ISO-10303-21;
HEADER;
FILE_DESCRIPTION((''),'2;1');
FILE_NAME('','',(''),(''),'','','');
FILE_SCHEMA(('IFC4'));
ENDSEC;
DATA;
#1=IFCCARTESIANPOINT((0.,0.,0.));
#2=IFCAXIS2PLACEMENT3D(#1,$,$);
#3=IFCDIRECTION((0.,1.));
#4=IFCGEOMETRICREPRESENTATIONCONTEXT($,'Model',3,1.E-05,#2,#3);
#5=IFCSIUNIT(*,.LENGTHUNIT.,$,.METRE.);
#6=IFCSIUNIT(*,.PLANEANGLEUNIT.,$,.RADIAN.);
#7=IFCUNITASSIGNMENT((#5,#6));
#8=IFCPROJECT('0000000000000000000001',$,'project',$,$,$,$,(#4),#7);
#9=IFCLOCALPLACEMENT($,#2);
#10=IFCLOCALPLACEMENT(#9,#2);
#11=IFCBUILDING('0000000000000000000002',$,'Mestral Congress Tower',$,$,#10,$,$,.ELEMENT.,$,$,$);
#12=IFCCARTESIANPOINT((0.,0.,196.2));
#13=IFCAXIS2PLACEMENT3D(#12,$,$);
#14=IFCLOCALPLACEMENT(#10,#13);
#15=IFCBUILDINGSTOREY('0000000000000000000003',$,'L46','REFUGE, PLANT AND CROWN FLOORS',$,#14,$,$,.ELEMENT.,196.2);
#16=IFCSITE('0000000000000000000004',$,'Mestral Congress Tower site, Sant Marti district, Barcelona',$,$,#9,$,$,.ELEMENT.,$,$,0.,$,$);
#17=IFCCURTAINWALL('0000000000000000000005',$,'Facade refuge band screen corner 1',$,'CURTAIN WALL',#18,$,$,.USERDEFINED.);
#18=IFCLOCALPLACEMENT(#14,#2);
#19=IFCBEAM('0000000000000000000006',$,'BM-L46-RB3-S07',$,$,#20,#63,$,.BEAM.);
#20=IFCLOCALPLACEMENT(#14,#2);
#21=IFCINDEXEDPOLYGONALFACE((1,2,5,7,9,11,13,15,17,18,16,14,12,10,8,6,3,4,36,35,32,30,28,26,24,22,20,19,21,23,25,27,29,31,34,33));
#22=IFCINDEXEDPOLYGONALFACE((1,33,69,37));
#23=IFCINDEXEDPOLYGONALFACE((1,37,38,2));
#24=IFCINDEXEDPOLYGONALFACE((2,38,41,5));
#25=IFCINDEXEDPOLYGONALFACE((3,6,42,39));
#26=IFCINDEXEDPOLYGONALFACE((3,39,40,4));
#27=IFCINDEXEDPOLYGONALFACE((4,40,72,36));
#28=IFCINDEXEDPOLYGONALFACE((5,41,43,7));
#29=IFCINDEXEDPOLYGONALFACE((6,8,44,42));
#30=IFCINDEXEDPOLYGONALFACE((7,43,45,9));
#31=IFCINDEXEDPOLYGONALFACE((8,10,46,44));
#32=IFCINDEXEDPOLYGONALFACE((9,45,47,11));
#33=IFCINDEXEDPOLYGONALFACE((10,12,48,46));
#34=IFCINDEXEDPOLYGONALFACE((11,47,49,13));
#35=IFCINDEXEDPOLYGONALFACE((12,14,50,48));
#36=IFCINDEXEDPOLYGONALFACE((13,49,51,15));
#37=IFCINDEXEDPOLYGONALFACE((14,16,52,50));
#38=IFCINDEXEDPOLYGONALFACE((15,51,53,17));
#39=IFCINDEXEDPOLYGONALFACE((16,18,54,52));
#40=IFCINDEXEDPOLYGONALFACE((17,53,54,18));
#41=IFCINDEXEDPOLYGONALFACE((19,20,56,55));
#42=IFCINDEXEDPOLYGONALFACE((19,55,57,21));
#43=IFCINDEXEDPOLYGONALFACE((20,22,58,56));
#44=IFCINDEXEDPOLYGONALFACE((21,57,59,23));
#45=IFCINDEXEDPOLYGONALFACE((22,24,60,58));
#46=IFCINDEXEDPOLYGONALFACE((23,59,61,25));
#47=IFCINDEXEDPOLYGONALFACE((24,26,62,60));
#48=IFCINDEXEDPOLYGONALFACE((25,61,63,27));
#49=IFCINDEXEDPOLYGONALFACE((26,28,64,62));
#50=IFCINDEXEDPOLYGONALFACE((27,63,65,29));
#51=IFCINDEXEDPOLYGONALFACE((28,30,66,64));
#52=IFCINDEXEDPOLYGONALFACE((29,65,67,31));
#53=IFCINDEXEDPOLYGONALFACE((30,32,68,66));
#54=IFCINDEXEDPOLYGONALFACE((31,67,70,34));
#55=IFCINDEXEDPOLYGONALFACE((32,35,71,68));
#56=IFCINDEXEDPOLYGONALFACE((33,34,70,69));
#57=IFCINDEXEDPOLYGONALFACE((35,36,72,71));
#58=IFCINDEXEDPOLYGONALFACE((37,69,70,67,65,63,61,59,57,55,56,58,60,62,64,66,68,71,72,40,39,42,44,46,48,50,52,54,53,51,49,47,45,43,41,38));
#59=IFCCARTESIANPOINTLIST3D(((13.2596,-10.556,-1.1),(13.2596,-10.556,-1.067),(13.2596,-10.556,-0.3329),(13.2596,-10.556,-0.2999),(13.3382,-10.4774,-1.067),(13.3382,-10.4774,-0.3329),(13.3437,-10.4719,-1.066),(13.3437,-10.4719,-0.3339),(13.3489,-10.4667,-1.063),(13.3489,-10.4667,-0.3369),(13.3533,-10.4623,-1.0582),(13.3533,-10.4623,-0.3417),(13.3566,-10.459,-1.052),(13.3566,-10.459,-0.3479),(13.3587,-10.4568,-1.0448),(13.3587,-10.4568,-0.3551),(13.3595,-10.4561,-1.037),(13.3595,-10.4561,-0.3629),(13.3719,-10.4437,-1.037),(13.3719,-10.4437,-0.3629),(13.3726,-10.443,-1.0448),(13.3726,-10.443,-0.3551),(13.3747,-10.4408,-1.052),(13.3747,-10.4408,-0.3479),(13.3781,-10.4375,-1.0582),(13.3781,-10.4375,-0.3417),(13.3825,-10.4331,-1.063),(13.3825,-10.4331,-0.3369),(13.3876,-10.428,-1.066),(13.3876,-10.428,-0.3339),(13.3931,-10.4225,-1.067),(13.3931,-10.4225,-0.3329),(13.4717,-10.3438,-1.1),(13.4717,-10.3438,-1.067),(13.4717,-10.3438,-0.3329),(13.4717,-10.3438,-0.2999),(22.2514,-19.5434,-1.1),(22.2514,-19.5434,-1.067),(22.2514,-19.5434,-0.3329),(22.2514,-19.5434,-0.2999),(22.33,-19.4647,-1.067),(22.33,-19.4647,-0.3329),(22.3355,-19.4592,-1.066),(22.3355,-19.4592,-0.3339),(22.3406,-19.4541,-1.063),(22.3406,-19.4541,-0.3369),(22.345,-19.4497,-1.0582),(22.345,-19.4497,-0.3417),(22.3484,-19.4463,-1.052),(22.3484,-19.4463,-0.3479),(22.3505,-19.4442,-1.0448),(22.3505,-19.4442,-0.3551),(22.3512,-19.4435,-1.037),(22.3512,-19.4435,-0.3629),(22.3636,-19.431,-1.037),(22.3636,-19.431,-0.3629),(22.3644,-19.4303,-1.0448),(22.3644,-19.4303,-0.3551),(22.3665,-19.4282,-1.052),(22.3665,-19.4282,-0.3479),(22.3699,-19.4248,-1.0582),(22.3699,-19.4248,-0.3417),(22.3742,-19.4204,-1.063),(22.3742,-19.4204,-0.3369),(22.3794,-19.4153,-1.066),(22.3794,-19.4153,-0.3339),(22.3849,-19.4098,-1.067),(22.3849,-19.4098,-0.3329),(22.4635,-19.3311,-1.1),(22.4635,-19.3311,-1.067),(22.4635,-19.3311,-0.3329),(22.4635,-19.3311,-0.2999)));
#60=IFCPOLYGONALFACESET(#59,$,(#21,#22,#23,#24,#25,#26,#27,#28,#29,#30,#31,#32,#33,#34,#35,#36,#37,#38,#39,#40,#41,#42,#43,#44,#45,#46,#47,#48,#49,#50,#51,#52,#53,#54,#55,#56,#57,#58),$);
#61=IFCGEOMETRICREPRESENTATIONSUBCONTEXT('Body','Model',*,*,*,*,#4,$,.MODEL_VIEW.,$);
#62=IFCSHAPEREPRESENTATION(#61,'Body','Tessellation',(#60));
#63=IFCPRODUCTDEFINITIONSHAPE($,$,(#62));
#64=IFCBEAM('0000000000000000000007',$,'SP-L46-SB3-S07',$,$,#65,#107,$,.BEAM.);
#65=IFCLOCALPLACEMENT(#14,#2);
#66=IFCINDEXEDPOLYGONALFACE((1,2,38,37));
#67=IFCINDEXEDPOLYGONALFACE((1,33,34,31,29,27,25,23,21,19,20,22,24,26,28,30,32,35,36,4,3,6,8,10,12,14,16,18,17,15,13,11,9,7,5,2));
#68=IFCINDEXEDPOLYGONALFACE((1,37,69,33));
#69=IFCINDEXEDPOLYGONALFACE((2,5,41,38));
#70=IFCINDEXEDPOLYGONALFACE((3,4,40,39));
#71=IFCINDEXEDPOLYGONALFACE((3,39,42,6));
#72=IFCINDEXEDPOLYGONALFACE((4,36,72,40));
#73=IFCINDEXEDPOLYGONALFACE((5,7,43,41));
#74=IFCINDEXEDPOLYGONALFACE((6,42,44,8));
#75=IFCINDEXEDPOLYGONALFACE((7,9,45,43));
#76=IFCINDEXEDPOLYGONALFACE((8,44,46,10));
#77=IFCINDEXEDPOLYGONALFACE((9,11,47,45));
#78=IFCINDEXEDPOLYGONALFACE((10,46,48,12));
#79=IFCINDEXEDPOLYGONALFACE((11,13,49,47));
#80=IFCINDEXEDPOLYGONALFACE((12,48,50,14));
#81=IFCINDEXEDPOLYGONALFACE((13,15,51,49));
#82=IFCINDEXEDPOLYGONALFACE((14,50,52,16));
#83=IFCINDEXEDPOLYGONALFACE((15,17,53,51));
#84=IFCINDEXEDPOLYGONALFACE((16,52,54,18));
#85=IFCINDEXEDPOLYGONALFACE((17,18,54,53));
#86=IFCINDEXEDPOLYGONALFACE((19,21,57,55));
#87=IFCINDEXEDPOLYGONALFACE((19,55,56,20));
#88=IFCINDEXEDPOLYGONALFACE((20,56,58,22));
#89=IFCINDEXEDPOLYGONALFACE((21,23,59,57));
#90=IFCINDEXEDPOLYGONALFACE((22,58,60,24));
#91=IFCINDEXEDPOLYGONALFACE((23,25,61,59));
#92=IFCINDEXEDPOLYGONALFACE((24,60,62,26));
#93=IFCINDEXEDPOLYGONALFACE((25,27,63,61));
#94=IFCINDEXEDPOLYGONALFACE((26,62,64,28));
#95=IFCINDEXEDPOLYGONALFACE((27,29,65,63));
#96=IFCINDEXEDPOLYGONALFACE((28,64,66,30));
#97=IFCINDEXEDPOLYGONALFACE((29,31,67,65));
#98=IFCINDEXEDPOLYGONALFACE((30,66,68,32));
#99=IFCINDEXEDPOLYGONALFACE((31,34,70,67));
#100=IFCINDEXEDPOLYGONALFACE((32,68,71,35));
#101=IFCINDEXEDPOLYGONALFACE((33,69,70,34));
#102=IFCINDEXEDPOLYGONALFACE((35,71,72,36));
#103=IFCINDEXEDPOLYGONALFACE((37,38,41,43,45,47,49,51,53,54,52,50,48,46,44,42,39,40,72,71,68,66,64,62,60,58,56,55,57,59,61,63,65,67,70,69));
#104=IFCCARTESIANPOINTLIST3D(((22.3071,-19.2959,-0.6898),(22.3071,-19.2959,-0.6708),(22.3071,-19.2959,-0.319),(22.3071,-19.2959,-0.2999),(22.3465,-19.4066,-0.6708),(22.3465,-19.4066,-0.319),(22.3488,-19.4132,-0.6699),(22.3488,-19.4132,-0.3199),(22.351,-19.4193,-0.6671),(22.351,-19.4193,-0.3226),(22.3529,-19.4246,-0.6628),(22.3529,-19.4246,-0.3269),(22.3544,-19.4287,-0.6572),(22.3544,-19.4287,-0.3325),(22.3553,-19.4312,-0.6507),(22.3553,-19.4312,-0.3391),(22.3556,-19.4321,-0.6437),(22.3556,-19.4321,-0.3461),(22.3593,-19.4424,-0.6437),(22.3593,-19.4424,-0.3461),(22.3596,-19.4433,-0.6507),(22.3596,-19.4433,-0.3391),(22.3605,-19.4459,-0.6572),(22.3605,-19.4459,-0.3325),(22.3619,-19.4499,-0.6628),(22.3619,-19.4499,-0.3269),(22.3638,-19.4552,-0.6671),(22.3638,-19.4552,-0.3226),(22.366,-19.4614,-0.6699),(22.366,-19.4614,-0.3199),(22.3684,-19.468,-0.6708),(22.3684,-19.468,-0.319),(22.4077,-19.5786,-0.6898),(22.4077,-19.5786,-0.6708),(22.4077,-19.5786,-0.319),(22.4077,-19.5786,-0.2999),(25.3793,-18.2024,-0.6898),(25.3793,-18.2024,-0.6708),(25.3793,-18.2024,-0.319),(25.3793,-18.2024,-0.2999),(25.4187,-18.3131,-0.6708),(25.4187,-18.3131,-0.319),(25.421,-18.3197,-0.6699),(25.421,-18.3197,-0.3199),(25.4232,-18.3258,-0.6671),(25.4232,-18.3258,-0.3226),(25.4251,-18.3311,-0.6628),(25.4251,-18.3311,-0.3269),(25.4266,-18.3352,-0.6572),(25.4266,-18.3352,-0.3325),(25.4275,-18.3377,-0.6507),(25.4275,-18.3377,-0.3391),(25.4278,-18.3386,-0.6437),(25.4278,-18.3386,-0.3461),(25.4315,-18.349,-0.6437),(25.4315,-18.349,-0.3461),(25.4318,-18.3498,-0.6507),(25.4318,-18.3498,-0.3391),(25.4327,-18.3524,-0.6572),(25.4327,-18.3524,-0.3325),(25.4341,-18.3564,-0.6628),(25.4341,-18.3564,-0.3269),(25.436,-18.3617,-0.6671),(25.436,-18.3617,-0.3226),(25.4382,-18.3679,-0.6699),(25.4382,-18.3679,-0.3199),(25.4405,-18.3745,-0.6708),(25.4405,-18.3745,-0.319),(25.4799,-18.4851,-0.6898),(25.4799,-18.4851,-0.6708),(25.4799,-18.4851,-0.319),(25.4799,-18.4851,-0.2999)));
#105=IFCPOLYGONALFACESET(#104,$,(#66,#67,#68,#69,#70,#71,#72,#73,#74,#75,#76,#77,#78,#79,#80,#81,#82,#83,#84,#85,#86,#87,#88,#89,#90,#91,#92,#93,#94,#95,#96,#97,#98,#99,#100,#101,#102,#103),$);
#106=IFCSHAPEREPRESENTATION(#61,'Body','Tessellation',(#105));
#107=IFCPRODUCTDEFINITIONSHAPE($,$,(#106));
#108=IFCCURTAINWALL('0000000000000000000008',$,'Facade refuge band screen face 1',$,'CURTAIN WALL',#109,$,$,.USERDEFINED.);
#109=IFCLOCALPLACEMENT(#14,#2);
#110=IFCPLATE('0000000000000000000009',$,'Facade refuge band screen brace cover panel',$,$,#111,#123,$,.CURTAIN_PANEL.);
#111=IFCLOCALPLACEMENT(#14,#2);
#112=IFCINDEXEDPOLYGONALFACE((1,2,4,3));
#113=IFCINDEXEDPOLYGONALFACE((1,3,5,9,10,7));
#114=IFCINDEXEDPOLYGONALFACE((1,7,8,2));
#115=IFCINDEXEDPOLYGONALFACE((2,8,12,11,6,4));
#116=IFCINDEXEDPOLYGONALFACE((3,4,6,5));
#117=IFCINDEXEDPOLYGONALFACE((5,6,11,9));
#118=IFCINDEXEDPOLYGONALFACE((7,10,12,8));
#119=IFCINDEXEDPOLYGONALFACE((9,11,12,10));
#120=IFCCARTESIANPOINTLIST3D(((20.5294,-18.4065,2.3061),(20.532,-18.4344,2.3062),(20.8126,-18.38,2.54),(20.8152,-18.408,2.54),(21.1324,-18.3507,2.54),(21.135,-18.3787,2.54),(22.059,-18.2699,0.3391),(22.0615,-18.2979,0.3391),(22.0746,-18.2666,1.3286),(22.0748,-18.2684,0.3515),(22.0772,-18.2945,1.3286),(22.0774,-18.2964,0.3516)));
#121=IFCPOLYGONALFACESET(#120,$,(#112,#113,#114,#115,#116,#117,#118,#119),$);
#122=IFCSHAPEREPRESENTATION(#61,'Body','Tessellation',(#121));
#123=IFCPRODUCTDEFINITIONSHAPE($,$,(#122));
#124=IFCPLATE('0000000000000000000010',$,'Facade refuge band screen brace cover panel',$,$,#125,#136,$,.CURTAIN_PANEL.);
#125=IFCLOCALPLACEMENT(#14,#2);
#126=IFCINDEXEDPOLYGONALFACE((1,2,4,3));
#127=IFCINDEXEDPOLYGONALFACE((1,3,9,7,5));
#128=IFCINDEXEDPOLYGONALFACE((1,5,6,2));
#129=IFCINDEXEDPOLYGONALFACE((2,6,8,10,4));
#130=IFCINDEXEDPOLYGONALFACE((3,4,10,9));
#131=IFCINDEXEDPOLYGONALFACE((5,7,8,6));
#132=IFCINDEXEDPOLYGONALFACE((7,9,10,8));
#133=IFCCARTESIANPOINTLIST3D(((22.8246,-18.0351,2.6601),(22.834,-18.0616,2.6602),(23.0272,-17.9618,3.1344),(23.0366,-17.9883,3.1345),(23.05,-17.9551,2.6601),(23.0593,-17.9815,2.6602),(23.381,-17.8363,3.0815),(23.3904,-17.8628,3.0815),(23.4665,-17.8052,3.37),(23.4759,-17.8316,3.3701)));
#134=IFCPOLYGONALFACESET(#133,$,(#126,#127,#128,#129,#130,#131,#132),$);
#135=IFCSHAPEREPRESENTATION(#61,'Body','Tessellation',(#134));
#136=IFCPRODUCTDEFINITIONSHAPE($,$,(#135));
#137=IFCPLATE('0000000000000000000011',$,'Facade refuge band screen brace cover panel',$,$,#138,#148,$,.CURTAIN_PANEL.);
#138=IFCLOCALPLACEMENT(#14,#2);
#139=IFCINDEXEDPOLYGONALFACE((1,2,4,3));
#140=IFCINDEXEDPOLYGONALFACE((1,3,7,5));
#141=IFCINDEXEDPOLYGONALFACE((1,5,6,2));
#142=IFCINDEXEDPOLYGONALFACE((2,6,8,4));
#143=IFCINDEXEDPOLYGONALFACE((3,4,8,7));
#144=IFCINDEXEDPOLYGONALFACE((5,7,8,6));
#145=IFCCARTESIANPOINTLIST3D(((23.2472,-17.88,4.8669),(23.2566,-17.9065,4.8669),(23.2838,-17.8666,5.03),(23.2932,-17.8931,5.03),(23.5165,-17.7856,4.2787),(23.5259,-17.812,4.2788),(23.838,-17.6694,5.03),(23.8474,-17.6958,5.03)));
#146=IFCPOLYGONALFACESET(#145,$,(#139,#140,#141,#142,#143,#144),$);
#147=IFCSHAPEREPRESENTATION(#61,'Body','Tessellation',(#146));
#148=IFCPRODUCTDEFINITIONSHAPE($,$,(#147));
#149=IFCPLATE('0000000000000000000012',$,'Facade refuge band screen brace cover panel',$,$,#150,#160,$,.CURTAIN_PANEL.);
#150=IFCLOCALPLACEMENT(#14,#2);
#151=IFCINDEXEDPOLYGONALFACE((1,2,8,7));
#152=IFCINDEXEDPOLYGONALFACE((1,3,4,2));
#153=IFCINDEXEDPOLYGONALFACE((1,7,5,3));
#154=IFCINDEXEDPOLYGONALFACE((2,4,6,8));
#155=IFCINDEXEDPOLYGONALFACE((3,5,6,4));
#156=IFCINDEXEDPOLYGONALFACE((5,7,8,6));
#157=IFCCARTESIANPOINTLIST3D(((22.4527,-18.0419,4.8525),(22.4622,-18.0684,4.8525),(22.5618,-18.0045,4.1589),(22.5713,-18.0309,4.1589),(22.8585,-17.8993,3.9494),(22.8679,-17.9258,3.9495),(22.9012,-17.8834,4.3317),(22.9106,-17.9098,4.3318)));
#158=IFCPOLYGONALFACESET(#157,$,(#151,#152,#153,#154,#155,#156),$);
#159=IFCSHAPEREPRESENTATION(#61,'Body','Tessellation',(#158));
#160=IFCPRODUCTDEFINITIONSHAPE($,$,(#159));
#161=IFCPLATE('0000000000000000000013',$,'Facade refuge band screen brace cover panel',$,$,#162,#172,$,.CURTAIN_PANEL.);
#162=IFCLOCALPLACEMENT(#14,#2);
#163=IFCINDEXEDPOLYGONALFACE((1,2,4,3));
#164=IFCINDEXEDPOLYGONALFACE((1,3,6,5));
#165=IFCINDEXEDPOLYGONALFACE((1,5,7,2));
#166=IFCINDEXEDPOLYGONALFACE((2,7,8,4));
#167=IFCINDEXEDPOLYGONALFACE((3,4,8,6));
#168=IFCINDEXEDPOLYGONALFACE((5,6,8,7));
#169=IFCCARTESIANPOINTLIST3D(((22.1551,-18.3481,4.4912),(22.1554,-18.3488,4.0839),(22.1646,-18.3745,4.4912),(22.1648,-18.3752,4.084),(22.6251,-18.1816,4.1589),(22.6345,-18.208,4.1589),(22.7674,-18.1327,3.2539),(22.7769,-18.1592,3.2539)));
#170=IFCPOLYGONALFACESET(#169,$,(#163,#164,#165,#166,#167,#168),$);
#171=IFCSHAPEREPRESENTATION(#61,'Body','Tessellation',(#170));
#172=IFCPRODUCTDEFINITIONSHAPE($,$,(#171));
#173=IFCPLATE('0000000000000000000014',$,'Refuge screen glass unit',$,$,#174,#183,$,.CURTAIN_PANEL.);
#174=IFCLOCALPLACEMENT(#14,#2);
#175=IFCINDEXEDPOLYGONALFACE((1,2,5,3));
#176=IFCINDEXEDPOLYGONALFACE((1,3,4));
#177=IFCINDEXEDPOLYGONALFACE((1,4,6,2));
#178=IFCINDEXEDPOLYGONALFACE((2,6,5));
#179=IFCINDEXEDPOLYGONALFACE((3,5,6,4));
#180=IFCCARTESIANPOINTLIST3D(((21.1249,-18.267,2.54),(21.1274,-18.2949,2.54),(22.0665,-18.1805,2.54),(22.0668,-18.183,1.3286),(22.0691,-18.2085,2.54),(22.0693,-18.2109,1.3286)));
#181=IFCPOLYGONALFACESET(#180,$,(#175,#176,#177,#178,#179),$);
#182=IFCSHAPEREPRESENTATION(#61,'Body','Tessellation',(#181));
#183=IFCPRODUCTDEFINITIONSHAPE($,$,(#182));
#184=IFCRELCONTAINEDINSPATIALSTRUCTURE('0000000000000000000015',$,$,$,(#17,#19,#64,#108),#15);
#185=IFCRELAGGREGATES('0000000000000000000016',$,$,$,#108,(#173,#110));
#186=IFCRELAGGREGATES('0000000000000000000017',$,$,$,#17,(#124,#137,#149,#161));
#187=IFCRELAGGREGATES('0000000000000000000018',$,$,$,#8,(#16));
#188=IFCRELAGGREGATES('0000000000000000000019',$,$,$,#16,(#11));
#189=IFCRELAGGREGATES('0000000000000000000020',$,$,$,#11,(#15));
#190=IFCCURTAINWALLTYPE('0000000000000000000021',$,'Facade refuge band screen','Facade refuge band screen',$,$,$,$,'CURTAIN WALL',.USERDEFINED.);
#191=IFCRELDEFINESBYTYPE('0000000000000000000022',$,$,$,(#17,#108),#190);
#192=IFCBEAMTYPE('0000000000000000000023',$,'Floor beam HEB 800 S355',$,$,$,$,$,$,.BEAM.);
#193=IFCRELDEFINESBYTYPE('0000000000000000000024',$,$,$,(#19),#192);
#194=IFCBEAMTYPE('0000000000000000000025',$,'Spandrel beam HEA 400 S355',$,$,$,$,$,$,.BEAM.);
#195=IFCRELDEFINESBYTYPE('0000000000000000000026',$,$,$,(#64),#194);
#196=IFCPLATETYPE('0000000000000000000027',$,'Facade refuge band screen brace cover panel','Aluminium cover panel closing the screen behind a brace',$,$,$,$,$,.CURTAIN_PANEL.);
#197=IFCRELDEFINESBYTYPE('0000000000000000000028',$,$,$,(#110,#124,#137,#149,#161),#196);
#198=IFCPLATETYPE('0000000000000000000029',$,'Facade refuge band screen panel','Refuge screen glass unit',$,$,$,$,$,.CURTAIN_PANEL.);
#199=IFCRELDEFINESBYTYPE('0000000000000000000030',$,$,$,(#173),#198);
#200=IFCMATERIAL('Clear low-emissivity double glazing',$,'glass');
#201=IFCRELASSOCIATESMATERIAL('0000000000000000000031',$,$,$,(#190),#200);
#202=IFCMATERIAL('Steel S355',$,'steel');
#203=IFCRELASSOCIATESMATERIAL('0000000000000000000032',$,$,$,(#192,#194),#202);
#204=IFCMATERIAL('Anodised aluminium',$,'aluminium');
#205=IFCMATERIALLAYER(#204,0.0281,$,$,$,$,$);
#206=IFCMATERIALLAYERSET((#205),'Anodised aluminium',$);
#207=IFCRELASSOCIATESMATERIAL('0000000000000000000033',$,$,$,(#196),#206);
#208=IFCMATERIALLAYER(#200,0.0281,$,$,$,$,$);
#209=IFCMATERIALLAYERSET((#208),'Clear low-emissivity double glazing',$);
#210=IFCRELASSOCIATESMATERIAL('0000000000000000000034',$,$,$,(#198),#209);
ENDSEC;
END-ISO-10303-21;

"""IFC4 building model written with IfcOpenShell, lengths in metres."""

from ifc_helpers import new_model, si_unit, direction, frame, origin, origin_2d, place, context, subcontext, project, spatial, polyline, i_section, outline, extrude, material, layer, layer_set, material_profile, profile_set, type_object, element, aggregate, save


model = new_model("IFC4")

# Units and contexts
model_context = context("Model", 3, precision=1e-05, world=origin(), true_north=direction((0.0, 1.0)))
body_context = subcontext(model_context, "Body", "Model", "MODEL_VIEW")
ifc_project = project(units=[si_unit("LENGTHUNIT", "METRE"), si_unit("PLANEANGLEUNIT", "RADIAN")], contexts=[model_context])

# Site, building, storey
site_placement = place(None, origin())
site = spatial("IfcSite", under=ifc_project, at=site_placement, Name="Mestral Congress Tower site, Sant Marti district, Barcelona", CompositionType="ELEMENT", RefElevation=0.0)
building_placement = place(site_placement, origin())
building = spatial("IfcBuilding", under=site, at=building_placement, Name="Mestral Congress Tower", CompositionType="ELEMENT")
storey_placement = place(building_placement, frame((0.0, 0.0, 196.2)))
storey = spatial("IfcBuildingStorey", under=building, at=storey_placement, Name="L46", Description="REFUGE, PLANT AND CROWN FLOORS", CompositionType="ELEMENT", Elevation=196.2)

# Shared definitions
ifc_material_1 = material(Name="Steel S355", Category="steel")

# Curtain wall
ifc_material_2 = material(Name="Clear low-emissivity double glazing", Category="glass")
curtain_wall_type = type_object("IfcCurtainWallType", Name="Facade refuge band screen", Description="Facade refuge band screen", ElementType="CURTAIN WALL", PredefinedType="USERDEFINED", material=ifc_material_2)
placement = place(storey_placement, origin())
curtain_wall_1 = element("IfcCurtainWall", 1, at=placement, inside=storey, type_object=curtain_wall_type, Name="Facade refuge band screen corner 1", ObjectType="CURTAIN WALL", PredefinedType="USERDEFINED")
ifc_material_3 = material(Name="Anodised aluminium", Category="aluminium")

# Beams
ifc_material_profile_1 = material_profile(ifc_material_1, i_section(OverallWidth=0.3, OverallDepth=0.8, WebThickness=0.0176, FlangeThickness=0.033, FilletRadius=0.03, at=origin_2d()), Name="HEB 800")
ifc_profile_set_1 = profile_set([ifc_material_profile_1], Name="Steel S355")
beam_type_1 = type_object("IfcBeamType", Name="Floor beam HEB 800 S355", PredefinedType="BEAM", material=ifc_profile_set_1)
beam_1_placement = place(storey_placement, frame((22.3574, -19.4373, -0.7), z_axis=(-0.70728, 0.706934, 0.0), x_axis=(-0.706934, -0.70728, 0.0)))
element("IfcBeam", 2, at=beam_1_placement, inside=storey, type_object=beam_type_1, Name="BM-L46-RB3-S07", PredefinedType="BEAM", context=body_context, shape_type="SweptSolid", body=[
    extrude(i_section(OverallWidth=0.3, OverallDepth=0.8, WebThickness=0.0176, FlangeThickness=0.033, FilletRadius=0.03, at=origin_2d()), origin(), (0.0, 0.0, 1.0), 12.7131),
])
ifc_material_profile_2 = material_profile(ifc_material_1, i_section(OverallWidth=0.3, OverallDepth=0.3899, WebThickness=0.011, FlangeThickness=0.019, FilletRadius=0.0271, at=origin_2d()), Name="HEA 400")
ifc_profile_set_2 = profile_set([ifc_material_profile_2], Name="Steel S355")
beam_type_2 = type_object("IfcBeamType", Name="Spandrel beam HEA 400 S355", PredefinedType="BEAM", material=ifc_profile_set_2)
beam_2_placement = place(storey_placement, frame((22.3574, -19.4373, -0.4949), z_axis=(0.942104, 0.335321, 0.0), x_axis=(-0.335321, 0.942104, 0.0)))
element("IfcBeam", 3, at=beam_2_placement, inside=storey, type_object=beam_type_2, Name="SP-L46-SB3-S07", PredefinedType="BEAM", context=body_context, shape_type="SweptSolid", body=[
    extrude(i_section(OverallWidth=0.3, OverallDepth=0.3899, WebThickness=0.011, FlangeThickness=0.019, FilletRadius=0.0271, at=origin_2d()), origin(), (0.0, 0.0, 1.0), 3.261),
])

# Curtain wall, plate
curtain_wall_2 = element("IfcCurtainWall", 4, at=placement, inside=storey, type_object=curtain_wall_type, Name="Facade refuge band screen face 1", ObjectType="CURTAIN WALL", PredefinedType="USERDEFINED")
ifc_layer_1 = layer(ifc_material_3, 0.0281)
ifc_layer_set_1 = layer_set([ifc_layer_1], Name="Anodised aluminium")
plate_type_1 = type_object("IfcPlateType", Name="Facade refuge band screen brace cover panel", Description="Aluminium cover panel closing the screen behind a brace", PredefinedType="CURTAIN_PANEL", material=ifc_layer_set_1)
plate_1_placement = place(storey_placement, frame((22.0615, -18.2979, 0.3391), z_axis=(0.091345, -0.995817, 0.001893), x_axis=(-0.612924, -0.054725, 0.788245)))
plate_1 = element("IfcPlate", 5, at=plate_1_placement, type_object=plate_type_1, Name="Facade refuge band screen brace cover panel", PredefinedType="CURTAIN_PANEL", context=body_context, shape_type="SweptSolid", body=[
    extrude(outline(polyline([(0.0, 0.0), (2.4955, 0.0), (2.5048, -0.3681), (2.3072, -0.6213), (0.7702, -0.6214), (0.0, -0.0202), (0.0, 0.0)])), origin(), (0.0, 0.0, -1.0), 0.0281),
])

# Plates
plate_2_placement = place(storey_placement, frame((23.0366, -17.9883, 3.1345), z_axis=(0.334717, -0.942315, 0.00258), x_axis=(0.840687, 0.299852, 0.450926)))
plate_2 = element("IfcPlate", 6, at=plate_2_placement, type_object=plate_type_1, Name="Facade refuge band screen brace cover panel", PredefinedType="CURTAIN_PANEL", context=body_context, shape_type="SweptSolid", body=[
    extrude(outline(polyline([(0.0, 0.0), (0.5225, 0.0), (0.3111, -0.2165), (-0.1928, -0.4341), (-0.4062, -0.3262), (0.0, 0.0)])), origin(), (0.0, 0.0, -1.0), 0.0281),
])
plate_3_placement = place(storey_placement, frame((23.8474, -17.6958, 5.03), z_axis=(0.335349, -0.942091, 0.002214), x_axis=(-0.389563, -0.140809, -0.910172)))
plate_3 = element("IfcPlate", 7, at=plate_3_placement, type_object=plate_type_1, Name="Facade refuge band screen brace cover panel", PredefinedType="CURTAIN_PANEL", context=body_context, shape_type="SweptSolid", body=[
    extrude(outline(polyline([(0.0, 0.0), (0.8254, 0.0), (0.4083, -0.5034), (0.2437, -0.5354), (0.0, 0.0)])), origin(), (0.0, 0.0, -1.0), 0.0281),
])
plate_4_placement = place(storey_placement, frame((22.4622, -18.0684, 4.8525), z_axis=(0.33523, -0.942135, 0.001878), x_axis=(0.63585, 0.224776, -0.738356)))
plate_4 = element("IfcPlate", 8, at=plate_4_placement, type_object=plate_type_1, Name="Facade refuge band screen brace cover panel", PredefinedType="CURTAIN_PANEL", context=body_context, shape_type="SweptSolid", body=[
    extrude(outline(polyline([(0.0, 0.0), (0.7053, 0.0), (0.9568, -0.2915), (0.5899, -0.3826), (0.0, 0.0)])), origin(), (0.0, 0.0, -1.0), 0.0281),
])
plate_5_placement = place(storey_placement, frame((22.1648, -18.3752, 4.084), z_axis=(0.335139, -0.942167, 0.001882), x_axis=(-0.000595, 0.001786, 0.999998)))
plate_5 = element("IfcPlate", 9, at=plate_5_placement, type_object=plate_type_1, Name="Facade refuge band screen brace cover panel", PredefinedType="CURTAIN_PANEL", context=body_context, shape_type="SweptSolid", body=[
    extrude(outline(polyline([(0.0, 0.0), (0.4072, 0.0), (0.075, -0.4986), (-0.8301, -0.6491), (0.0, 0.0)])), origin(), (0.0, 0.0, -1.0), 0.0281),
])
ifc_layer_2 = layer(ifc_material_2, 0.0281)
ifc_layer_set_2 = layer_set([ifc_layer_2], Name="Clear low-emissivity double glazing")
plate_type_2 = type_object("IfcPlateType", Name="Facade refuge band screen panel", Description="Refuge screen glass unit", PredefinedType="CURTAIN_PANEL", material=ifc_layer_set_2)
plate_6_placement = place(storey_placement, frame((22.0693, -18.2109, 1.3286), z_axis=(0.091397, -0.995812, 0.002025), x_axis=(-0.612891, -0.054649, 0.788275)))
plate_6 = element("IfcPlate", 10, at=plate_6_placement, type_object=plate_type_2, Name="Refuge screen glass unit", PredefinedType="CURTAIN_PANEL", context=body_context, shape_type="SweptSolid", body=[
    extrude(outline(polyline([(0.0, 0.0), (1.5368, 0.0), (0.955, -0.7454), (0.0, 0.0)])), origin(), (0.0, 0.0, -1.0), 0.0281),
])

aggregate(curtain_wall_2, [plate_6, plate_1])
aggregate(curtain_wall_1, [plate_2, plate_3, plate_4, plate_5])

save(model, "model.ifc")
